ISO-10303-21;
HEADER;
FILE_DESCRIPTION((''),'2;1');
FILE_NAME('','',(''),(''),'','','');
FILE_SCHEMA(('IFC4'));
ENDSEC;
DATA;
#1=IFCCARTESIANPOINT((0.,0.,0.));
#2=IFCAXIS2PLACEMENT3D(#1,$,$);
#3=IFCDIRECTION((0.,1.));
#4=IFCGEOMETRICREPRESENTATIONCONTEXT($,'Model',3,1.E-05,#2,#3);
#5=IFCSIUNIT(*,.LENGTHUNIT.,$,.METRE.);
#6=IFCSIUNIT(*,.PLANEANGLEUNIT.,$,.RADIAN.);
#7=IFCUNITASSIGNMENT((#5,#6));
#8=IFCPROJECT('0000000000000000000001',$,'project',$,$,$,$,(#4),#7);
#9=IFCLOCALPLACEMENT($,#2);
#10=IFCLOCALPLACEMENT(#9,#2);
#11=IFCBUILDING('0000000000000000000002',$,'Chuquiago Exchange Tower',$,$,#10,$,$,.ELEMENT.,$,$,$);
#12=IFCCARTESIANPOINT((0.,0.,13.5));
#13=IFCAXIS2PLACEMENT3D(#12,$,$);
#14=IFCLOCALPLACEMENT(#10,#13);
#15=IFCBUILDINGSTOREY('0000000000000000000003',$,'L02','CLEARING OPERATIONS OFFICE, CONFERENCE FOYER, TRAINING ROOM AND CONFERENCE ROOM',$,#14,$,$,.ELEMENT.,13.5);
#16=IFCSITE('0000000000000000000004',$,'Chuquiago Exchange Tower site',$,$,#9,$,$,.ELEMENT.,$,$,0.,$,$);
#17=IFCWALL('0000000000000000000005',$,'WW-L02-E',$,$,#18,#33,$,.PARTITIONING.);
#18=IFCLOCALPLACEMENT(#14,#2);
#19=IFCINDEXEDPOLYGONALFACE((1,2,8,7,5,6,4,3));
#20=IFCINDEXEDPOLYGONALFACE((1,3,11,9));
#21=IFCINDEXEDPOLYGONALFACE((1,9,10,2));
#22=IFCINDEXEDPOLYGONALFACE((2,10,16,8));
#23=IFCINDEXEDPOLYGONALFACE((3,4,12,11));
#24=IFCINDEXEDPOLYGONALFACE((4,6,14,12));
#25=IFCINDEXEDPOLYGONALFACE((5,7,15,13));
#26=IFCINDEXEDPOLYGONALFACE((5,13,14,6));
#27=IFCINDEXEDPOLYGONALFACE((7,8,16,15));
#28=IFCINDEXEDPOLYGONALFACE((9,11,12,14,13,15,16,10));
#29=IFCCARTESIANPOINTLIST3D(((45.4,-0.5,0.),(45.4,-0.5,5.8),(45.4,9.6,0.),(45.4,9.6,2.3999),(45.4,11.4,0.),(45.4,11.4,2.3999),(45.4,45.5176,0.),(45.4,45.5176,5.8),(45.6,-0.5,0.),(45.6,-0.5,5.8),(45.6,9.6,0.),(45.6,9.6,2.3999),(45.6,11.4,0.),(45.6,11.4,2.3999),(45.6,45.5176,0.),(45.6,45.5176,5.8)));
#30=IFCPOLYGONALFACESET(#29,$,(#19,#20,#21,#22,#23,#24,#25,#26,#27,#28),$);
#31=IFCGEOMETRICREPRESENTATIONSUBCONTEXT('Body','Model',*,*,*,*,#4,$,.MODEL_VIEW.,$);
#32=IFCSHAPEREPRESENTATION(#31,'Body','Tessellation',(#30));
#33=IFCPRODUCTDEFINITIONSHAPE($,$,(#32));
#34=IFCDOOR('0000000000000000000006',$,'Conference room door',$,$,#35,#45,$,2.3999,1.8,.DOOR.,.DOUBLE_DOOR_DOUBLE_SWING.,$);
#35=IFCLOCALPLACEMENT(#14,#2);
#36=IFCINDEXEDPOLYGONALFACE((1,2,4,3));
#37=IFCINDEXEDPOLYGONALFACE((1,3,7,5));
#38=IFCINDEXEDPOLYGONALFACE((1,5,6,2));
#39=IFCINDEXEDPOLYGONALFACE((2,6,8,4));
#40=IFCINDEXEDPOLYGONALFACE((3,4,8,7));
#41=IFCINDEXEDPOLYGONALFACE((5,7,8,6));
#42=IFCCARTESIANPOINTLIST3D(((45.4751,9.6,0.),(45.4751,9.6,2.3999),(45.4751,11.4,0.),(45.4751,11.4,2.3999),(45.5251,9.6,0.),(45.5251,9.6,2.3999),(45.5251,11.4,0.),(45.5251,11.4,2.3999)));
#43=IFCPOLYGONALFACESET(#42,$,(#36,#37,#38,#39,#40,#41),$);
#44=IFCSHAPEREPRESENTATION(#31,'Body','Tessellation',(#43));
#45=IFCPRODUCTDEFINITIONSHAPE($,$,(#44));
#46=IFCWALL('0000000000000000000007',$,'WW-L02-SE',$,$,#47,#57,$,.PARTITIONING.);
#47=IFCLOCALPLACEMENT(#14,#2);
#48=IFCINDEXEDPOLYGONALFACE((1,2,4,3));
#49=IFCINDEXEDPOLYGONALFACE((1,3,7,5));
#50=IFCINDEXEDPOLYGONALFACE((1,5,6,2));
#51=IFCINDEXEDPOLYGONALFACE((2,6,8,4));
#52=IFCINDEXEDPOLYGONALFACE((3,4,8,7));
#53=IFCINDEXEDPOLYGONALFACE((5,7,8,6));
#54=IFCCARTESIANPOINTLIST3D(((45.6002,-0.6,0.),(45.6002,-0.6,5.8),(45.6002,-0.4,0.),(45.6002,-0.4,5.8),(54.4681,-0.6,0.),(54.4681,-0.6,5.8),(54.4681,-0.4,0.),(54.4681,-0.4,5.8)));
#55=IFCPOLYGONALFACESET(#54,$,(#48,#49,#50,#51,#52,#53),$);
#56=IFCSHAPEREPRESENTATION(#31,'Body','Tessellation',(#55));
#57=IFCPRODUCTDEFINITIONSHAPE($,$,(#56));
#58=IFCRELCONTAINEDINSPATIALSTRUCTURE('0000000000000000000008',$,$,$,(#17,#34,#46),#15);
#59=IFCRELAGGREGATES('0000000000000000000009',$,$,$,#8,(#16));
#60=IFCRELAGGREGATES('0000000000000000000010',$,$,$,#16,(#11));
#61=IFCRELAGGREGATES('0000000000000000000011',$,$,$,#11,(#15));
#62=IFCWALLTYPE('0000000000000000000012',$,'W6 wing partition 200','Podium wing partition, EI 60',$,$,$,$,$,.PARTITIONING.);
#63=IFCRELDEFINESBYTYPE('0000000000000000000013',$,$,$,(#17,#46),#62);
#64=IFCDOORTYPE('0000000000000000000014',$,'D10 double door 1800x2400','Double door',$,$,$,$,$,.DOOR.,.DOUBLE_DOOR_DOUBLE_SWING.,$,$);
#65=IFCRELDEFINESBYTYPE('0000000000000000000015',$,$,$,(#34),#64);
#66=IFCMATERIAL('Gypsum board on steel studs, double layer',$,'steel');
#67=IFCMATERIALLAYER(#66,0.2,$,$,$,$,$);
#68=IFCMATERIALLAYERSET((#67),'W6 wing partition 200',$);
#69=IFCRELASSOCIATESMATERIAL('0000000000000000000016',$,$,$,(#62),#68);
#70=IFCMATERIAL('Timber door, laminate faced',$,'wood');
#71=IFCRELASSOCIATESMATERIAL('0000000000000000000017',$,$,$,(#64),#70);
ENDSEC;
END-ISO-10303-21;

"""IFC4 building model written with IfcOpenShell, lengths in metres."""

from ifc_helpers import new_model, si_unit, direction, frame, frame_2d, origin, place, context, subcontext, project, spatial, rectangle, extrude, material, layer, layer_set, type_object, element, fill, save


model = new_model("IFC4")

# Units and contexts
model_context = context("Model", 3, precision=1e-05, world=origin(), true_north=direction((0.0, 1.0)))
body_context = subcontext(model_context, "Body", "Model", "MODEL_VIEW")
ifc_project = project(units=[si_unit("LENGTHUNIT", "METRE"), si_unit("PLANEANGLEUNIT", "RADIAN")], contexts=[model_context])

# Site, building, storey
site_placement = place(None, origin())
site = spatial("IfcSite", under=ifc_project, at=site_placement, Name="Chuquiago Exchange Tower site", CompositionType="ELEMENT", RefElevation=0.0)
building_placement = place(site_placement, origin())
building = spatial("IfcBuilding", under=site, at=building_placement, Name="Chuquiago Exchange Tower", CompositionType="ELEMENT")
storey_placement = place(building_placement, frame((0.0, 0.0, 13.5)))
storey = spatial("IfcBuildingStorey", under=building, at=storey_placement, Name="L02", Description="CLEARING OPERATIONS OFFICE, CONFERENCE FOYER, TRAINING ROOM AND CONFERENCE ROOM", CompositionType="ELEMENT", Elevation=13.5)

# Wall, opening, door
ifc_material_1 = material(Name="Gypsum board on steel studs, double layer", Category="steel")
ifc_layer_1 = layer(ifc_material_1, 0.2)
ifc_layer_set_1 = layer_set([ifc_layer_1], Name="W6 wing partition 200")
wall_type_1 = type_object("IfcWallType", Name="W6 wing partition 200", Description="Podium wing partition, EI 60", PredefinedType="PARTITIONING", material=ifc_layer_set_1)
wall_1_placement = place(storey_placement, frame((45.5, -0.5, 0.0), z_axis=(0.0, 0.0, 1.0), x_axis=(0.0, 1.0, 0.0)))
wall_1 = element("IfcWall", 1, at=wall_1_placement, inside=storey, type_object=wall_type_1, Name="WW-L02-E", PredefinedType="PARTITIONING", context=body_context, shape_type="SweptSolid", body=[
    extrude(rectangle(XDim=46.0176, YDim=0.2, at=frame_2d((23.0088, 0.0))), origin(), (0.0, 0.0, 1.0), 5.8),
])
opening_1_placement = place(wall_1_placement, frame((10.1001, 0.0, 0.0)))
opening_1 = element("IfcOpeningElement", 2, at=opening_1_placement, cuts=wall_1, PredefinedType="OPENING", context=body_context, shape_type="SweptSolid", body=[
    extrude(rectangle(XDim=1.8, YDim=2.3999, at=frame_2d((0.8999, 1.2))), frame((0.0, 0.1099, 0.0), z_axis=(0.0, -1.0, 0.0), x_axis=(1.0, 0.0, 0.0)), (0.0, 0.0, 1.0), 0.22),
])
ifc_material_2 = material(Name="Timber door, laminate faced", Category="wood")
door_type_1 = type_object("IfcDoorType", Name="D10 double door 1800x2400", Description="Double door", OperationType="DOUBLE_DOOR_DOUBLE_SWING", PredefinedType="DOOR", material=ifc_material_2)
door_1_placement = place(opening_1_placement, origin())
door_1 = element("IfcDoor", 3, at=door_1_placement, inside=storey, type_object=door_type_1, Name="Conference room door", OperationType="DOUBLE_DOOR_DOUBLE_SWING", OverallHeight=2.3999, OverallWidth=1.8, PredefinedType="DOOR", context=body_context, shape_type="SweptSolid", body=[
    extrude(rectangle(XDim=1.8, YDim=2.3999, at=frame_2d((0.8999, 1.2))), frame((0.0, 0.0249, 0.0), z_axis=(0.0, -1.0, 0.0), x_axis=(1.0, 0.0, 0.0)), (0.0, 0.0, 1.0), 0.05),
])
fill(opening_1, door_1)

# Wall
wall_2_placement = place(storey_placement, frame((45.6001, -0.5, 0.0), z_axis=(0.0, 0.0, 1.0), x_axis=(1.0, 0.0, 0.0)))
element("IfcWall", 4, at=wall_2_placement, inside=storey, type_object=wall_type_1, Name="WW-L02-SE", PredefinedType="PARTITIONING", context=body_context, shape_type="SweptSolid", body=[
    extrude(rectangle(XDim=8.8679, YDim=0.2, at=frame_2d((4.4341, 0.0))), origin(), (0.0, 0.0, 1.0), 5.8),
])

save(model, "model.ifc")
